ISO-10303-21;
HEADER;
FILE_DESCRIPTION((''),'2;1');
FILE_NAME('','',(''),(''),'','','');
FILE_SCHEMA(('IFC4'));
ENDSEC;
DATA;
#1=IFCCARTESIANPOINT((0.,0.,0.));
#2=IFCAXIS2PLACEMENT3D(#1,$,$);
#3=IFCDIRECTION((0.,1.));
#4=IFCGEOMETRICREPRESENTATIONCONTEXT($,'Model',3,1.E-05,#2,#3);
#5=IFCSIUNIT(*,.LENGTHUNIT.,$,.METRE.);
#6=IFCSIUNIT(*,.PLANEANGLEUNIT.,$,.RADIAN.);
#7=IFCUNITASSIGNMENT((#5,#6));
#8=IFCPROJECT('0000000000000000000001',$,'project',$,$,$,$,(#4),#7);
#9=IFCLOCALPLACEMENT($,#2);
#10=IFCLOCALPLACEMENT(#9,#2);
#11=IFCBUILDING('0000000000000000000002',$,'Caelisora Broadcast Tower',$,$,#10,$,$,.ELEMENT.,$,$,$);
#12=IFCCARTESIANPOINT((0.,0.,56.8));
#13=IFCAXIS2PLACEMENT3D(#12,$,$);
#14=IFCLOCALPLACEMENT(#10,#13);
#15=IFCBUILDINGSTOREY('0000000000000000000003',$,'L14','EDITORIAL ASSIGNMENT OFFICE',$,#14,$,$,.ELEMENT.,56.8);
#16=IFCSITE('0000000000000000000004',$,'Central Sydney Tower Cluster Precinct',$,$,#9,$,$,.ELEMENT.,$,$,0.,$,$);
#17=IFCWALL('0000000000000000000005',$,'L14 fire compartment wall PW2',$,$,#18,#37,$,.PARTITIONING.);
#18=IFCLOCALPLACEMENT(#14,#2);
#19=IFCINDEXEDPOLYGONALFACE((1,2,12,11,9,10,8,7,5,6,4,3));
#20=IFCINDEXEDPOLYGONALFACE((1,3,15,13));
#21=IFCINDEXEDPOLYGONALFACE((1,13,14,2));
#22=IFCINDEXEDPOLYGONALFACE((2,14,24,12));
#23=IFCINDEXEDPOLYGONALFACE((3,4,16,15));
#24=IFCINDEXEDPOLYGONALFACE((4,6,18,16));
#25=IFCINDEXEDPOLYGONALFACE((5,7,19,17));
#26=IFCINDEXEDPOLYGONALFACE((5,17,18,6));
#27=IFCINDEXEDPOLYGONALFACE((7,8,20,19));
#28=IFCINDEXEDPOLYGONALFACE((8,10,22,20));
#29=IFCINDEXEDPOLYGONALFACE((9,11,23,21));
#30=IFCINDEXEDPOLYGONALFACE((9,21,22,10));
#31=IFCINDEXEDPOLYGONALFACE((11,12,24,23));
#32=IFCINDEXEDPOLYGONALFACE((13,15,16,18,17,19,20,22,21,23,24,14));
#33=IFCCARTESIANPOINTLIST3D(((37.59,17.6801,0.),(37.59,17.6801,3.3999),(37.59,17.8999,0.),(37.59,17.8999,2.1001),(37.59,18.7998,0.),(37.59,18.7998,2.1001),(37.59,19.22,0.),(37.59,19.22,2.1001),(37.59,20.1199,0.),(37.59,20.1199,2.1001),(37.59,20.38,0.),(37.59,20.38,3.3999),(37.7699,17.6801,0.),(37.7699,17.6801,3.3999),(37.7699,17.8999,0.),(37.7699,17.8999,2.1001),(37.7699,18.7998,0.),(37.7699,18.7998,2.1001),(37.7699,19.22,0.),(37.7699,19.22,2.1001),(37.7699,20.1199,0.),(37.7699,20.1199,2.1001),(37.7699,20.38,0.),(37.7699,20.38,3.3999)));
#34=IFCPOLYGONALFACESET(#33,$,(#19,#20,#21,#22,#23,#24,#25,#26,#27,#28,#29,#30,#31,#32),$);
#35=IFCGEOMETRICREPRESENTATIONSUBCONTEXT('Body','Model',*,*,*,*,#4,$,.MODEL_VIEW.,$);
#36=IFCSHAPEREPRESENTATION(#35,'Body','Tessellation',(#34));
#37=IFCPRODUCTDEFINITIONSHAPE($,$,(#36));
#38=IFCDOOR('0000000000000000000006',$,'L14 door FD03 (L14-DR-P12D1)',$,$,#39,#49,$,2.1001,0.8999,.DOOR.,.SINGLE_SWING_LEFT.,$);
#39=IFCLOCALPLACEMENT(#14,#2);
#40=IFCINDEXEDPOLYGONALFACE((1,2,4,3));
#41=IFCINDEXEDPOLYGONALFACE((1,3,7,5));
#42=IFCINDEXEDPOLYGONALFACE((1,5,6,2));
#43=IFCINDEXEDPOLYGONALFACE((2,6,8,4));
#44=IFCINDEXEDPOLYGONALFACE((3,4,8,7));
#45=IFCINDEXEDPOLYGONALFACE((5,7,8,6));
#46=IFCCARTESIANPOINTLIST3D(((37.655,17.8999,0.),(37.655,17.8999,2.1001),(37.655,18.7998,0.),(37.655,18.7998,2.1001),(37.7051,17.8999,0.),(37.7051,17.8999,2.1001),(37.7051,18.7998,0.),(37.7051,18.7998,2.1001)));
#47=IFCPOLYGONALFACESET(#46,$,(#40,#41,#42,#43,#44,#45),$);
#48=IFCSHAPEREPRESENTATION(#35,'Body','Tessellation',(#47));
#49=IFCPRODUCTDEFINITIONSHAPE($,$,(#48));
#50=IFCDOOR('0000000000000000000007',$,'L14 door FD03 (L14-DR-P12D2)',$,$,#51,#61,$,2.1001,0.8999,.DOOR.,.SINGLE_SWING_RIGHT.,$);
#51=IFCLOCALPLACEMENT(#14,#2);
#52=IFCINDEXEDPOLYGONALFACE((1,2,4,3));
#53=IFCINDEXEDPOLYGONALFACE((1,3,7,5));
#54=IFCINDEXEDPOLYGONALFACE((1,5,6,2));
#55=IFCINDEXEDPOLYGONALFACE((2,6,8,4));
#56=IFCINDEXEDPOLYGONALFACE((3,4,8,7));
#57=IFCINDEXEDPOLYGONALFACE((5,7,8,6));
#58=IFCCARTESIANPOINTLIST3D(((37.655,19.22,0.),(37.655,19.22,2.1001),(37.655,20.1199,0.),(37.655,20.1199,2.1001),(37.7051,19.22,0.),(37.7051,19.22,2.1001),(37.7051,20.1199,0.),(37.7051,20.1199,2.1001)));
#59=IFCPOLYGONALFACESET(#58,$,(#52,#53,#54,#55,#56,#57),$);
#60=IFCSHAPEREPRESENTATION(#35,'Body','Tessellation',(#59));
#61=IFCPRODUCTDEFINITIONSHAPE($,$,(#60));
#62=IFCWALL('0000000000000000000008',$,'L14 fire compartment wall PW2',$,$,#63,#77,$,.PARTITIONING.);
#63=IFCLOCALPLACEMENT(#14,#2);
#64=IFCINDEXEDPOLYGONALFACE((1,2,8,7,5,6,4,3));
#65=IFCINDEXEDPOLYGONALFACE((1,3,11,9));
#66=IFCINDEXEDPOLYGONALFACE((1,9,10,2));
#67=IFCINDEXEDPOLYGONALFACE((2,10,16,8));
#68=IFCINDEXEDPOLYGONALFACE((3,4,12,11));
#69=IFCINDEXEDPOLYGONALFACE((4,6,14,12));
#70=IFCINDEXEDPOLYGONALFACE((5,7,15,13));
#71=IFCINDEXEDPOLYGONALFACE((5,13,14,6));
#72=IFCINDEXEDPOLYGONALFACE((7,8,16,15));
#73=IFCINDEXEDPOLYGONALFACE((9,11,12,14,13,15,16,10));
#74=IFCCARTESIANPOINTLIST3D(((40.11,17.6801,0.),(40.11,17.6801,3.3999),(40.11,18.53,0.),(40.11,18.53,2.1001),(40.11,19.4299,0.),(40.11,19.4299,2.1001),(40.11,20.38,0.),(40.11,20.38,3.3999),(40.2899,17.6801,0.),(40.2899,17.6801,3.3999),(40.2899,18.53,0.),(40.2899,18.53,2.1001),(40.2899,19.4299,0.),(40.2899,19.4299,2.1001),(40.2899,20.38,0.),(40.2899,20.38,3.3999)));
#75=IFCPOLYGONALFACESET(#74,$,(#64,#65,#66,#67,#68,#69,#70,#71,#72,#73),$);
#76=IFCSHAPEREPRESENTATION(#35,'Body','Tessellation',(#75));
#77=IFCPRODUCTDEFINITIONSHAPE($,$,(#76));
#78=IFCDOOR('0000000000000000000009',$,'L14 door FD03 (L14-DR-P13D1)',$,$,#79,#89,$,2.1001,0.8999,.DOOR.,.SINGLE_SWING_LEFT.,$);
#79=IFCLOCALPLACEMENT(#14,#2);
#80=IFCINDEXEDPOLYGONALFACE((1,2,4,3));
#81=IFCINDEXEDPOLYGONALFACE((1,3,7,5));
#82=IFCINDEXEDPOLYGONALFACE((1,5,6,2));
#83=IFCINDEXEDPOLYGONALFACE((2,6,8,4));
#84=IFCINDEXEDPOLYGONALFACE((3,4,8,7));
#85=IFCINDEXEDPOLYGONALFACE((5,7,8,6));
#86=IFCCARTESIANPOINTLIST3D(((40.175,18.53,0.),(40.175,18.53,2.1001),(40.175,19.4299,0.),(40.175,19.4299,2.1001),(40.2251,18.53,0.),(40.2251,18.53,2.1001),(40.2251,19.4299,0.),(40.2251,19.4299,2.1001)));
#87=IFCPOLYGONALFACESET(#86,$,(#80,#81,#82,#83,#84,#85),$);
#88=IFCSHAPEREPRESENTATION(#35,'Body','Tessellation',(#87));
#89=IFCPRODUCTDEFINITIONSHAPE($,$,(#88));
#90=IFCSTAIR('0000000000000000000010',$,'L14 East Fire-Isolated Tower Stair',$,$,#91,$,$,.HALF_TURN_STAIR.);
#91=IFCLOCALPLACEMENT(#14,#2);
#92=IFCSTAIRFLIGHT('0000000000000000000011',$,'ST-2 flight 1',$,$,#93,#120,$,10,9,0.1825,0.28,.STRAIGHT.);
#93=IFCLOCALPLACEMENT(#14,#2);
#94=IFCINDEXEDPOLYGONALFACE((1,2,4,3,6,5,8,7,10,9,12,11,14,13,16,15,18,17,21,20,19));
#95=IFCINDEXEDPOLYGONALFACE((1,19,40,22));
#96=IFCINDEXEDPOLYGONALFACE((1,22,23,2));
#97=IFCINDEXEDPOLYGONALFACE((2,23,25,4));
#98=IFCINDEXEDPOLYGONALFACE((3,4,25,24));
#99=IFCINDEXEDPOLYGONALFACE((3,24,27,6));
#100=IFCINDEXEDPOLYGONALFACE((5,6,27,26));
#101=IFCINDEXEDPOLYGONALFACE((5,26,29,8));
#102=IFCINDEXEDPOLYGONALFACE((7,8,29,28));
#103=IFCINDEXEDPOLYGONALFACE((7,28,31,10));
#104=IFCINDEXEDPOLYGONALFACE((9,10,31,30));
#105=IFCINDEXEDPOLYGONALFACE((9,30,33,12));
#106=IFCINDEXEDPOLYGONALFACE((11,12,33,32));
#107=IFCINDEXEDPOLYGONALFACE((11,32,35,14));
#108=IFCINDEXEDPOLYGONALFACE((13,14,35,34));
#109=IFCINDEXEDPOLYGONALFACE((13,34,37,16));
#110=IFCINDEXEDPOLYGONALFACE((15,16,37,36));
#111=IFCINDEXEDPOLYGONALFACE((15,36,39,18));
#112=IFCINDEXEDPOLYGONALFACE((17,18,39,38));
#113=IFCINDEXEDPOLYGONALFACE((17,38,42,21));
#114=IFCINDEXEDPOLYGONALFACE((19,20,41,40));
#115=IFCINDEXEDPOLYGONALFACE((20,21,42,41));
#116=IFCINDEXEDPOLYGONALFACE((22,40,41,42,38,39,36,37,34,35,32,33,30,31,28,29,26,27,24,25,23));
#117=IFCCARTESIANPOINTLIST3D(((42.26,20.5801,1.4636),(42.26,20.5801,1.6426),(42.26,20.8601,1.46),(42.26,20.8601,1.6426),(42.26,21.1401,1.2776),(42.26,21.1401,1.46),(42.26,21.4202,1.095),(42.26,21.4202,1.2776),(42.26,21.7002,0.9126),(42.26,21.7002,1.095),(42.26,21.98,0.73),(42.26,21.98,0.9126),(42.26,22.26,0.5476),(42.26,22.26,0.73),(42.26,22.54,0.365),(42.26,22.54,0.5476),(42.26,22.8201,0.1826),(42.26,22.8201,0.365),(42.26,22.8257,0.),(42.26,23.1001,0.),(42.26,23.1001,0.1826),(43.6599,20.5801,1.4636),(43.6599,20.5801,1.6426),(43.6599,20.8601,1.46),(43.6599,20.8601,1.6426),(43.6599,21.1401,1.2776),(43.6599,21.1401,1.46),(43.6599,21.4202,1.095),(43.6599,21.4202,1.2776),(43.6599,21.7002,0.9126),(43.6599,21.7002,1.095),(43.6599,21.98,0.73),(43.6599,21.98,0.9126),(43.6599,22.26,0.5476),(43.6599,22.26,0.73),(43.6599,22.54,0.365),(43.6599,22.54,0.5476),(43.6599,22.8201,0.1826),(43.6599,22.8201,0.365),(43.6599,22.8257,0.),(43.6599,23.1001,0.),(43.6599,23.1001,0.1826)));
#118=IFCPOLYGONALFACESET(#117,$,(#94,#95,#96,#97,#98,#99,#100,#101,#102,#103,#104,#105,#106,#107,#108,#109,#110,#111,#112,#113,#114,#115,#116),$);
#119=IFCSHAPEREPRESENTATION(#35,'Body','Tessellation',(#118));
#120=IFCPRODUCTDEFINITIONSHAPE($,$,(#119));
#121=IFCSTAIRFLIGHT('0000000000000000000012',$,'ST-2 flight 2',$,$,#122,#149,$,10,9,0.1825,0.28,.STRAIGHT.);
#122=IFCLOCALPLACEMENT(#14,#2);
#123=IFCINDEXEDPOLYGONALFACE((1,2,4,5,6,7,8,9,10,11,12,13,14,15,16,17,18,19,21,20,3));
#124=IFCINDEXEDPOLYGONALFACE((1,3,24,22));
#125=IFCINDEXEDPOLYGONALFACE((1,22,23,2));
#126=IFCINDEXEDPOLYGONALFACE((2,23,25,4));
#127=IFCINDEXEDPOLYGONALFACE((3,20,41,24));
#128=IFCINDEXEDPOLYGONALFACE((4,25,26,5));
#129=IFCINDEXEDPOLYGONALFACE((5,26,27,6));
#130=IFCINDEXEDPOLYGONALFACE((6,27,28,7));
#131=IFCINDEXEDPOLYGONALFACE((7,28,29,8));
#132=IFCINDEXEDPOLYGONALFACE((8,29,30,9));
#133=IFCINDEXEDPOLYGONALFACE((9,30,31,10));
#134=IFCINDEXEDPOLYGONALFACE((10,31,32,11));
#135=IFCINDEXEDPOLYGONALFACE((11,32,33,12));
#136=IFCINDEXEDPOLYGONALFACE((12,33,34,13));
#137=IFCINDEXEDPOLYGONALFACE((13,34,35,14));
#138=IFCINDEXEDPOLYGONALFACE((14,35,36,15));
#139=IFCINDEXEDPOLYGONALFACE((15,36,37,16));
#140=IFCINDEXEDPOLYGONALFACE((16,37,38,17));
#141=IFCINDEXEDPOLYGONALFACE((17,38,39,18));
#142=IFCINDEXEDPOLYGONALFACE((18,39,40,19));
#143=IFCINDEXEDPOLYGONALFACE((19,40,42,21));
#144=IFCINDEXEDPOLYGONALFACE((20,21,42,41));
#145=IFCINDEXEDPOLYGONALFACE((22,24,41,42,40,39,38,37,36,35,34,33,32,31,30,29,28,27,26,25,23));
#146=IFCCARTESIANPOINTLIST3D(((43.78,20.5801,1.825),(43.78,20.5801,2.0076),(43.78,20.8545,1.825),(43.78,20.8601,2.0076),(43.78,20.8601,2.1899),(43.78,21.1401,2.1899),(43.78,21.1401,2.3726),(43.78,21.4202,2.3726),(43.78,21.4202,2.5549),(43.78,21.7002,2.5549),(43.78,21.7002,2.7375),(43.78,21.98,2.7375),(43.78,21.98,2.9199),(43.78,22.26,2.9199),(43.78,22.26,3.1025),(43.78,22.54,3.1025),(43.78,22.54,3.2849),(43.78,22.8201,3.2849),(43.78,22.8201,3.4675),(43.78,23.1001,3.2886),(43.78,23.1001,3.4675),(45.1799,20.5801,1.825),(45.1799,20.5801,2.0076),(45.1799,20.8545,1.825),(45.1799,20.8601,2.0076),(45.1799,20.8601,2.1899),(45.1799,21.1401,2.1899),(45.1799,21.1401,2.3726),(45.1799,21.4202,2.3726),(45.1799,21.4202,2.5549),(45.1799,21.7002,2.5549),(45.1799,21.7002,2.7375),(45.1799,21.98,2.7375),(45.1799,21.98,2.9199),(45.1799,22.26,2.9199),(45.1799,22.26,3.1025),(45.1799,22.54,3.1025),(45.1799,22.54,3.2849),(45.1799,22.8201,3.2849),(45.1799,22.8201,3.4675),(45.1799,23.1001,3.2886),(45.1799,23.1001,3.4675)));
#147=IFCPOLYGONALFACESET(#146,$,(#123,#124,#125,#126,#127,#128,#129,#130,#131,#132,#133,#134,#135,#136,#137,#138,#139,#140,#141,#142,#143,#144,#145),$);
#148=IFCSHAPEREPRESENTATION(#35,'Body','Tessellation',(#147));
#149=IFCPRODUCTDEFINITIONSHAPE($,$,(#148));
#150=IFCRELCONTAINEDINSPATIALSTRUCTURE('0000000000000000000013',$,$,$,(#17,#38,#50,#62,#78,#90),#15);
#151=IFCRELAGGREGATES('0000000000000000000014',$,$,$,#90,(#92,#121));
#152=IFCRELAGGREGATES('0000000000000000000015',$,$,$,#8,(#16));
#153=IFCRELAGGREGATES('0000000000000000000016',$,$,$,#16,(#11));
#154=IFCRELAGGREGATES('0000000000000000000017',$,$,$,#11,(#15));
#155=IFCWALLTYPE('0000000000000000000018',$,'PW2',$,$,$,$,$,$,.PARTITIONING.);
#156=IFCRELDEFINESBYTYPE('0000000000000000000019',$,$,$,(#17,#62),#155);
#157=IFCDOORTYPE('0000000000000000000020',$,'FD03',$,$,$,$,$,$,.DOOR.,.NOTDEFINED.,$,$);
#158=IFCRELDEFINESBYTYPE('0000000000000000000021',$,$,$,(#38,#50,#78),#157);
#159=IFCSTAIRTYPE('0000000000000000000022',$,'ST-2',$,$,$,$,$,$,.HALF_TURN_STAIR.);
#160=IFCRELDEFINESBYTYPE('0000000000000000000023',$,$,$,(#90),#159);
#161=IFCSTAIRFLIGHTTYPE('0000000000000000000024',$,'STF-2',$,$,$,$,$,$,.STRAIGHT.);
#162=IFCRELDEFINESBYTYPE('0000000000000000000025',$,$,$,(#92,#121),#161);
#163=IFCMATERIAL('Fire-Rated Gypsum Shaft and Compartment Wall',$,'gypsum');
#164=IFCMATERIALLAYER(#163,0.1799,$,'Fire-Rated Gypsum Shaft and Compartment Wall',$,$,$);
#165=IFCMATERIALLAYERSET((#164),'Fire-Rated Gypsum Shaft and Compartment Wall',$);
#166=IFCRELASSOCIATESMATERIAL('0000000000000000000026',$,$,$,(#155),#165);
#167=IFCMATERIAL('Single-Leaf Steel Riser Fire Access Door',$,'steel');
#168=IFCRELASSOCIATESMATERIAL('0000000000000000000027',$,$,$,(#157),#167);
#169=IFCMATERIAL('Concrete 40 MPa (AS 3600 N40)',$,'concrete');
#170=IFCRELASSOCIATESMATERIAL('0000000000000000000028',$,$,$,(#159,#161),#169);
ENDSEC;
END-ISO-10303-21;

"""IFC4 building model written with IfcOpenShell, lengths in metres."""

from ifc_helpers import new_model, si_unit, direction, frame, frame_2d, origin, place, context, subcontext, project, spatial, polyline, rectangle, outline, extrude, material, layer, layer_set, type_object, element, fill, aggregate, save


model = new_model("IFC4")

# Units and contexts
model_context = context("Model", 3, precision=1e-05, world=origin(), true_north=direction((0.0, 1.0)))
body_context = subcontext(model_context, "Body", "Model", "MODEL_VIEW")
ifc_project = project(units=[si_unit("LENGTHUNIT", "METRE"), si_unit("PLANEANGLEUNIT", "RADIAN")], contexts=[model_context])

# Site, building, storey
site_placement = place(None, origin())
site = spatial("IfcSite", under=ifc_project, at=site_placement, Name="Central Sydney Tower Cluster Precinct", CompositionType="ELEMENT", RefElevation=0.0)
building_placement = place(site_placement, origin())
building = spatial("IfcBuilding", under=site, at=building_placement, Name="Caelisora Broadcast Tower", CompositionType="ELEMENT")
storey_placement = place(building_placement, frame((0.0, 0.0, 56.8)))
storey = spatial("IfcBuildingStorey", under=building, at=storey_placement, Name="L14", Description="EDITORIAL ASSIGNMENT OFFICE", CompositionType="ELEMENT", Elevation=56.8)

# Shared definitions
ifc_material_1 = material(Name="Fire-Rated Gypsum Shaft and Compartment Wall", Category="gypsum")
ifc_layer_1 = layer(ifc_material_1, 0.1799, Name="Fire-Rated Gypsum Shaft and Compartment Wall")
ifc_layer_set_1 = layer_set([ifc_layer_1], Name="Fire-Rated Gypsum Shaft and Compartment Wall")
wall_type_1 = type_object("IfcWallType", Name="PW2", PredefinedType="PARTITIONING", material=ifc_layer_set_1)

# Wall, openings, doors
wall_1_placement = place(storey_placement, frame((37.6799, 17.6799, 0.0), z_axis=(0.0, 0.0, 1.0), x_axis=(0.0, 1.0, 0.0)))
wall_1 = element("IfcWall", 1, at=wall_1_placement, inside=storey, type_object=wall_type_1, Name="L14 fire compartment wall PW2", PredefinedType="PARTITIONING", context=body_context, shape_type="SweptSolid", body=[
    extrude(rectangle(XDim=2.7, YDim=0.1799, at=frame_2d((1.3501, 0.0))), origin(), (0.0, 0.0, 1.0), 3.3999),
])
opening_1_placement = place(wall_1_placement, frame((0.22, 0.0, 0.0)))
opening_1 = element("IfcOpeningElement", 2, at=opening_1_placement, cuts=wall_1, PredefinedType="OPENING", context=body_context, shape_type="SweptSolid", body=[
    extrude(rectangle(XDim=0.8999, YDim=2.1001, at=frame_2d((0.45, 1.05))), frame((0.0, 0.1021, 0.0), z_axis=(0.0, -1.0, 0.0), x_axis=(1.0, 0.0, 0.0)), (0.0, 0.0, 1.0), 0.2039),
])
opening_2_placement = place(wall_1_placement, frame((1.54, 0.0, 0.0)))
opening_2 = element("IfcOpeningElement", 3, at=opening_2_placement, cuts=wall_1, PredefinedType="OPENING", context=body_context, shape_type="SweptSolid", body=[
    extrude(rectangle(XDim=0.8999, YDim=2.1001, at=frame_2d((0.45, 1.05))), frame((0.0, 0.1021, 0.0), z_axis=(0.0, -1.0, 0.0), x_axis=(1.0, 0.0, 0.0)), (0.0, 0.0, 1.0), 0.2039),
])
ifc_material_2 = material(Name="Single-Leaf Steel Riser Fire Access Door", Category="steel")
door_type_1 = type_object("IfcDoorType", Name="FD03", OperationType="NOTDEFINED", PredefinedType="DOOR", material=ifc_material_2)
door_1_placement = place(opening_1_placement, origin())
door_1 = element("IfcDoor", 4, at=door_1_placement, inside=storey, type_object=door_type_1, Name="L14 door FD03 (L14-DR-P12D1)", OperationType="SINGLE_SWING_LEFT", OverallHeight=2.1001, OverallWidth=0.8999, PredefinedType="DOOR", context=body_context, shape_type="SweptSolid", body=[
    extrude(rectangle(XDim=0.8999, YDim=2.1001, at=frame_2d((0.45, 1.05))), frame((0.0, 0.0249, 0.0), z_axis=(0.0, -1.0, 0.0), x_axis=(1.0, 0.0, 0.0)), (0.0, 0.0, 1.0), 0.05),
])
fill(opening_1, door_1)
door_2_placement = place(opening_2_placement, origin())
door_2 = element("IfcDoor", 5, at=door_2_placement, inside=storey, type_object=door_type_1, Name="L14 door FD03 (L14-DR-P12D2)", OperationType="SINGLE_SWING_RIGHT", OverallHeight=2.1001, OverallWidth=0.8999, PredefinedType="DOOR", context=body_context, shape_type="SweptSolid", body=[
    extrude(rectangle(XDim=0.8999, YDim=2.1001, at=frame_2d((0.45, 1.05))), frame((0.0, 0.0249, 0.0), z_axis=(0.0, -1.0, 0.0), x_axis=(1.0, 0.0, 0.0)), (0.0, 0.0, 1.0), 0.05),
])
fill(opening_2, door_2)

# Wall, opening, door
wall_2_placement = place(storey_placement, frame((40.2, 17.6799, 0.0), z_axis=(0.0, 0.0, 1.0), x_axis=(0.0, 1.0, 0.0)))
wall_2 = element("IfcWall", 6, at=wall_2_placement, inside=storey, type_object=wall_type_1, Name="L14 fire compartment wall PW2", PredefinedType="PARTITIONING", context=body_context, shape_type="SweptSolid", body=[
    extrude(rectangle(XDim=2.7, YDim=0.1799, at=frame_2d((1.3501, 0.0))), origin(), (0.0, 0.0, 1.0), 3.3999),
])
opening_3_placement = place(wall_2_placement, frame((0.8501, 0.0, 0.0)))
opening_3 = element("IfcOpeningElement", 7, at=opening_3_placement, cuts=wall_2, PredefinedType="OPENING", context=body_context, shape_type="SweptSolid", body=[
    extrude(rectangle(XDim=0.8999, YDim=2.1001, at=frame_2d((0.45, 1.05))), frame((0.0, 0.1021, 0.0), z_axis=(0.0, -1.0, 0.0), x_axis=(1.0, 0.0, 0.0)), (0.0, 0.0, 1.0), 0.2039),
])
door_3_placement = place(opening_3_placement, origin())
door_3 = element("IfcDoor", 8, at=door_3_placement, inside=storey, type_object=door_type_1, Name="L14 door FD03 (L14-DR-P13D1)", OperationType="SINGLE_SWING_LEFT", OverallHeight=2.1001, OverallWidth=0.8999, PredefinedType="DOOR", context=body_context, shape_type="SweptSolid", body=[
    extrude(rectangle(XDim=0.8999, YDim=2.1001, at=frame_2d((0.45, 1.05))), frame((0.0, 0.0249, 0.0), z_axis=(0.0, -1.0, 0.0), x_axis=(1.0, 0.0, 0.0)), (0.0, 0.0, 1.0), 0.05),
])
fill(opening_3, door_3)

# Stair, stair flights
ifc_material_3 = material(Name="Concrete 40 MPa (AS 3600 N40)", Category="concrete")
stair_type = type_object("IfcStairType", Name="ST-2", PredefinedType="HALF_TURN_STAIR", material=ifc_material_3)
stair_placement = place(storey_placement, origin())
stair = element("IfcStair", 9, at=stair_placement, inside=storey, type_object=stair_type, Name="L14 East Fire-Isolated Tower Stair", PredefinedType="HALF_TURN_STAIR")
stair_flight_type = type_object("IfcStairFlightType", Name="STF-2", PredefinedType="STRAIGHT", material=ifc_material_3)
stair_flight_1_placement = place(storey_placement, frame((42.96, 23.1001, 0.0), z_axis=(0.0, 0.0, 1.0), x_axis=(0.0, -1.0, 0.0)))
stair_flight_1 = element("IfcStairFlight", 10, at=stair_flight_1_placement, type_object=stair_flight_type, Name="ST-2 flight 1", NumberOfRisers=10, NumberOfTreads=9, PredefinedType="STRAIGHT", RiserHeight=0.1825, TreadLength=0.28, context=body_context, shape_type="SweptSolid", body=[
    extrude(outline(polyline([(0.0, 0.0), (0.0, 0.1826), (0.28, 0.1826), (0.28, 0.365), (0.5601, 0.365), (0.5601, 0.5476), (0.8401, 0.5476), (0.8401, 0.73), (1.1201, 0.73), (1.1201, 0.9126), (1.3999, 0.9126), (1.3999, 1.095), (1.6799, 1.095), (1.6799, 1.2776), (1.96, 1.2776), (1.96, 1.46), (2.24, 1.46), (2.24, 1.6426), (2.52, 1.6426), (2.52, 1.825), (2.52, 1.4636), (0.2744, 0.0), (0.0, 0.0)])), frame((0.0, 0.7, 0.0), z_axis=(0.0, -1.0, 0.0), x_axis=(1.0, 0.0, 0.0)), (0.0, 0.0, 1.0), 1.3999),
])
stair_flight_2_placement = place(storey_placement, frame((44.48, 20.5801, 1.825), z_axis=(0.0, 0.0, 1.0), x_axis=(0.0, 1.0, 0.0)))
stair_flight_2 = element("IfcStairFlight", 11, at=stair_flight_2_placement, type_object=stair_flight_type, Name="ST-2 flight 2", NumberOfRisers=10, NumberOfTreads=9, PredefinedType="STRAIGHT", RiserHeight=0.1825, TreadLength=0.28, context=body_context, shape_type="SweptSolid", body=[
    extrude(outline(polyline([(0.0, 0.0), (0.0, 0.1826), (0.28, 0.1826), (0.28, 0.365), (0.5601, 0.365), (0.5601, 0.5476), (0.8401, 0.5476), (0.8401, 0.73), (1.1201, 0.73), (1.1201, 0.9126), (1.3999, 0.9126), (1.3999, 1.095), (1.6799, 1.095), (1.6799, 1.2776), (1.96, 1.2776), (1.96, 1.46), (2.24, 1.46), (2.24, 1.6426), (2.52, 1.6426), (2.52, 1.825), (2.52, 1.4636), (0.2744, 0.0), (0.0, 0.0)])), frame((0.0, 0.7, 0.0), z_axis=(0.0, -1.0, 0.0), x_axis=(1.0, 0.0, 0.0)), (0.0, 0.0, 1.0), 1.3999),
])
aggregate(stair, [stair_flight_1, stair_flight_2])

save(model, "model.ifc")
